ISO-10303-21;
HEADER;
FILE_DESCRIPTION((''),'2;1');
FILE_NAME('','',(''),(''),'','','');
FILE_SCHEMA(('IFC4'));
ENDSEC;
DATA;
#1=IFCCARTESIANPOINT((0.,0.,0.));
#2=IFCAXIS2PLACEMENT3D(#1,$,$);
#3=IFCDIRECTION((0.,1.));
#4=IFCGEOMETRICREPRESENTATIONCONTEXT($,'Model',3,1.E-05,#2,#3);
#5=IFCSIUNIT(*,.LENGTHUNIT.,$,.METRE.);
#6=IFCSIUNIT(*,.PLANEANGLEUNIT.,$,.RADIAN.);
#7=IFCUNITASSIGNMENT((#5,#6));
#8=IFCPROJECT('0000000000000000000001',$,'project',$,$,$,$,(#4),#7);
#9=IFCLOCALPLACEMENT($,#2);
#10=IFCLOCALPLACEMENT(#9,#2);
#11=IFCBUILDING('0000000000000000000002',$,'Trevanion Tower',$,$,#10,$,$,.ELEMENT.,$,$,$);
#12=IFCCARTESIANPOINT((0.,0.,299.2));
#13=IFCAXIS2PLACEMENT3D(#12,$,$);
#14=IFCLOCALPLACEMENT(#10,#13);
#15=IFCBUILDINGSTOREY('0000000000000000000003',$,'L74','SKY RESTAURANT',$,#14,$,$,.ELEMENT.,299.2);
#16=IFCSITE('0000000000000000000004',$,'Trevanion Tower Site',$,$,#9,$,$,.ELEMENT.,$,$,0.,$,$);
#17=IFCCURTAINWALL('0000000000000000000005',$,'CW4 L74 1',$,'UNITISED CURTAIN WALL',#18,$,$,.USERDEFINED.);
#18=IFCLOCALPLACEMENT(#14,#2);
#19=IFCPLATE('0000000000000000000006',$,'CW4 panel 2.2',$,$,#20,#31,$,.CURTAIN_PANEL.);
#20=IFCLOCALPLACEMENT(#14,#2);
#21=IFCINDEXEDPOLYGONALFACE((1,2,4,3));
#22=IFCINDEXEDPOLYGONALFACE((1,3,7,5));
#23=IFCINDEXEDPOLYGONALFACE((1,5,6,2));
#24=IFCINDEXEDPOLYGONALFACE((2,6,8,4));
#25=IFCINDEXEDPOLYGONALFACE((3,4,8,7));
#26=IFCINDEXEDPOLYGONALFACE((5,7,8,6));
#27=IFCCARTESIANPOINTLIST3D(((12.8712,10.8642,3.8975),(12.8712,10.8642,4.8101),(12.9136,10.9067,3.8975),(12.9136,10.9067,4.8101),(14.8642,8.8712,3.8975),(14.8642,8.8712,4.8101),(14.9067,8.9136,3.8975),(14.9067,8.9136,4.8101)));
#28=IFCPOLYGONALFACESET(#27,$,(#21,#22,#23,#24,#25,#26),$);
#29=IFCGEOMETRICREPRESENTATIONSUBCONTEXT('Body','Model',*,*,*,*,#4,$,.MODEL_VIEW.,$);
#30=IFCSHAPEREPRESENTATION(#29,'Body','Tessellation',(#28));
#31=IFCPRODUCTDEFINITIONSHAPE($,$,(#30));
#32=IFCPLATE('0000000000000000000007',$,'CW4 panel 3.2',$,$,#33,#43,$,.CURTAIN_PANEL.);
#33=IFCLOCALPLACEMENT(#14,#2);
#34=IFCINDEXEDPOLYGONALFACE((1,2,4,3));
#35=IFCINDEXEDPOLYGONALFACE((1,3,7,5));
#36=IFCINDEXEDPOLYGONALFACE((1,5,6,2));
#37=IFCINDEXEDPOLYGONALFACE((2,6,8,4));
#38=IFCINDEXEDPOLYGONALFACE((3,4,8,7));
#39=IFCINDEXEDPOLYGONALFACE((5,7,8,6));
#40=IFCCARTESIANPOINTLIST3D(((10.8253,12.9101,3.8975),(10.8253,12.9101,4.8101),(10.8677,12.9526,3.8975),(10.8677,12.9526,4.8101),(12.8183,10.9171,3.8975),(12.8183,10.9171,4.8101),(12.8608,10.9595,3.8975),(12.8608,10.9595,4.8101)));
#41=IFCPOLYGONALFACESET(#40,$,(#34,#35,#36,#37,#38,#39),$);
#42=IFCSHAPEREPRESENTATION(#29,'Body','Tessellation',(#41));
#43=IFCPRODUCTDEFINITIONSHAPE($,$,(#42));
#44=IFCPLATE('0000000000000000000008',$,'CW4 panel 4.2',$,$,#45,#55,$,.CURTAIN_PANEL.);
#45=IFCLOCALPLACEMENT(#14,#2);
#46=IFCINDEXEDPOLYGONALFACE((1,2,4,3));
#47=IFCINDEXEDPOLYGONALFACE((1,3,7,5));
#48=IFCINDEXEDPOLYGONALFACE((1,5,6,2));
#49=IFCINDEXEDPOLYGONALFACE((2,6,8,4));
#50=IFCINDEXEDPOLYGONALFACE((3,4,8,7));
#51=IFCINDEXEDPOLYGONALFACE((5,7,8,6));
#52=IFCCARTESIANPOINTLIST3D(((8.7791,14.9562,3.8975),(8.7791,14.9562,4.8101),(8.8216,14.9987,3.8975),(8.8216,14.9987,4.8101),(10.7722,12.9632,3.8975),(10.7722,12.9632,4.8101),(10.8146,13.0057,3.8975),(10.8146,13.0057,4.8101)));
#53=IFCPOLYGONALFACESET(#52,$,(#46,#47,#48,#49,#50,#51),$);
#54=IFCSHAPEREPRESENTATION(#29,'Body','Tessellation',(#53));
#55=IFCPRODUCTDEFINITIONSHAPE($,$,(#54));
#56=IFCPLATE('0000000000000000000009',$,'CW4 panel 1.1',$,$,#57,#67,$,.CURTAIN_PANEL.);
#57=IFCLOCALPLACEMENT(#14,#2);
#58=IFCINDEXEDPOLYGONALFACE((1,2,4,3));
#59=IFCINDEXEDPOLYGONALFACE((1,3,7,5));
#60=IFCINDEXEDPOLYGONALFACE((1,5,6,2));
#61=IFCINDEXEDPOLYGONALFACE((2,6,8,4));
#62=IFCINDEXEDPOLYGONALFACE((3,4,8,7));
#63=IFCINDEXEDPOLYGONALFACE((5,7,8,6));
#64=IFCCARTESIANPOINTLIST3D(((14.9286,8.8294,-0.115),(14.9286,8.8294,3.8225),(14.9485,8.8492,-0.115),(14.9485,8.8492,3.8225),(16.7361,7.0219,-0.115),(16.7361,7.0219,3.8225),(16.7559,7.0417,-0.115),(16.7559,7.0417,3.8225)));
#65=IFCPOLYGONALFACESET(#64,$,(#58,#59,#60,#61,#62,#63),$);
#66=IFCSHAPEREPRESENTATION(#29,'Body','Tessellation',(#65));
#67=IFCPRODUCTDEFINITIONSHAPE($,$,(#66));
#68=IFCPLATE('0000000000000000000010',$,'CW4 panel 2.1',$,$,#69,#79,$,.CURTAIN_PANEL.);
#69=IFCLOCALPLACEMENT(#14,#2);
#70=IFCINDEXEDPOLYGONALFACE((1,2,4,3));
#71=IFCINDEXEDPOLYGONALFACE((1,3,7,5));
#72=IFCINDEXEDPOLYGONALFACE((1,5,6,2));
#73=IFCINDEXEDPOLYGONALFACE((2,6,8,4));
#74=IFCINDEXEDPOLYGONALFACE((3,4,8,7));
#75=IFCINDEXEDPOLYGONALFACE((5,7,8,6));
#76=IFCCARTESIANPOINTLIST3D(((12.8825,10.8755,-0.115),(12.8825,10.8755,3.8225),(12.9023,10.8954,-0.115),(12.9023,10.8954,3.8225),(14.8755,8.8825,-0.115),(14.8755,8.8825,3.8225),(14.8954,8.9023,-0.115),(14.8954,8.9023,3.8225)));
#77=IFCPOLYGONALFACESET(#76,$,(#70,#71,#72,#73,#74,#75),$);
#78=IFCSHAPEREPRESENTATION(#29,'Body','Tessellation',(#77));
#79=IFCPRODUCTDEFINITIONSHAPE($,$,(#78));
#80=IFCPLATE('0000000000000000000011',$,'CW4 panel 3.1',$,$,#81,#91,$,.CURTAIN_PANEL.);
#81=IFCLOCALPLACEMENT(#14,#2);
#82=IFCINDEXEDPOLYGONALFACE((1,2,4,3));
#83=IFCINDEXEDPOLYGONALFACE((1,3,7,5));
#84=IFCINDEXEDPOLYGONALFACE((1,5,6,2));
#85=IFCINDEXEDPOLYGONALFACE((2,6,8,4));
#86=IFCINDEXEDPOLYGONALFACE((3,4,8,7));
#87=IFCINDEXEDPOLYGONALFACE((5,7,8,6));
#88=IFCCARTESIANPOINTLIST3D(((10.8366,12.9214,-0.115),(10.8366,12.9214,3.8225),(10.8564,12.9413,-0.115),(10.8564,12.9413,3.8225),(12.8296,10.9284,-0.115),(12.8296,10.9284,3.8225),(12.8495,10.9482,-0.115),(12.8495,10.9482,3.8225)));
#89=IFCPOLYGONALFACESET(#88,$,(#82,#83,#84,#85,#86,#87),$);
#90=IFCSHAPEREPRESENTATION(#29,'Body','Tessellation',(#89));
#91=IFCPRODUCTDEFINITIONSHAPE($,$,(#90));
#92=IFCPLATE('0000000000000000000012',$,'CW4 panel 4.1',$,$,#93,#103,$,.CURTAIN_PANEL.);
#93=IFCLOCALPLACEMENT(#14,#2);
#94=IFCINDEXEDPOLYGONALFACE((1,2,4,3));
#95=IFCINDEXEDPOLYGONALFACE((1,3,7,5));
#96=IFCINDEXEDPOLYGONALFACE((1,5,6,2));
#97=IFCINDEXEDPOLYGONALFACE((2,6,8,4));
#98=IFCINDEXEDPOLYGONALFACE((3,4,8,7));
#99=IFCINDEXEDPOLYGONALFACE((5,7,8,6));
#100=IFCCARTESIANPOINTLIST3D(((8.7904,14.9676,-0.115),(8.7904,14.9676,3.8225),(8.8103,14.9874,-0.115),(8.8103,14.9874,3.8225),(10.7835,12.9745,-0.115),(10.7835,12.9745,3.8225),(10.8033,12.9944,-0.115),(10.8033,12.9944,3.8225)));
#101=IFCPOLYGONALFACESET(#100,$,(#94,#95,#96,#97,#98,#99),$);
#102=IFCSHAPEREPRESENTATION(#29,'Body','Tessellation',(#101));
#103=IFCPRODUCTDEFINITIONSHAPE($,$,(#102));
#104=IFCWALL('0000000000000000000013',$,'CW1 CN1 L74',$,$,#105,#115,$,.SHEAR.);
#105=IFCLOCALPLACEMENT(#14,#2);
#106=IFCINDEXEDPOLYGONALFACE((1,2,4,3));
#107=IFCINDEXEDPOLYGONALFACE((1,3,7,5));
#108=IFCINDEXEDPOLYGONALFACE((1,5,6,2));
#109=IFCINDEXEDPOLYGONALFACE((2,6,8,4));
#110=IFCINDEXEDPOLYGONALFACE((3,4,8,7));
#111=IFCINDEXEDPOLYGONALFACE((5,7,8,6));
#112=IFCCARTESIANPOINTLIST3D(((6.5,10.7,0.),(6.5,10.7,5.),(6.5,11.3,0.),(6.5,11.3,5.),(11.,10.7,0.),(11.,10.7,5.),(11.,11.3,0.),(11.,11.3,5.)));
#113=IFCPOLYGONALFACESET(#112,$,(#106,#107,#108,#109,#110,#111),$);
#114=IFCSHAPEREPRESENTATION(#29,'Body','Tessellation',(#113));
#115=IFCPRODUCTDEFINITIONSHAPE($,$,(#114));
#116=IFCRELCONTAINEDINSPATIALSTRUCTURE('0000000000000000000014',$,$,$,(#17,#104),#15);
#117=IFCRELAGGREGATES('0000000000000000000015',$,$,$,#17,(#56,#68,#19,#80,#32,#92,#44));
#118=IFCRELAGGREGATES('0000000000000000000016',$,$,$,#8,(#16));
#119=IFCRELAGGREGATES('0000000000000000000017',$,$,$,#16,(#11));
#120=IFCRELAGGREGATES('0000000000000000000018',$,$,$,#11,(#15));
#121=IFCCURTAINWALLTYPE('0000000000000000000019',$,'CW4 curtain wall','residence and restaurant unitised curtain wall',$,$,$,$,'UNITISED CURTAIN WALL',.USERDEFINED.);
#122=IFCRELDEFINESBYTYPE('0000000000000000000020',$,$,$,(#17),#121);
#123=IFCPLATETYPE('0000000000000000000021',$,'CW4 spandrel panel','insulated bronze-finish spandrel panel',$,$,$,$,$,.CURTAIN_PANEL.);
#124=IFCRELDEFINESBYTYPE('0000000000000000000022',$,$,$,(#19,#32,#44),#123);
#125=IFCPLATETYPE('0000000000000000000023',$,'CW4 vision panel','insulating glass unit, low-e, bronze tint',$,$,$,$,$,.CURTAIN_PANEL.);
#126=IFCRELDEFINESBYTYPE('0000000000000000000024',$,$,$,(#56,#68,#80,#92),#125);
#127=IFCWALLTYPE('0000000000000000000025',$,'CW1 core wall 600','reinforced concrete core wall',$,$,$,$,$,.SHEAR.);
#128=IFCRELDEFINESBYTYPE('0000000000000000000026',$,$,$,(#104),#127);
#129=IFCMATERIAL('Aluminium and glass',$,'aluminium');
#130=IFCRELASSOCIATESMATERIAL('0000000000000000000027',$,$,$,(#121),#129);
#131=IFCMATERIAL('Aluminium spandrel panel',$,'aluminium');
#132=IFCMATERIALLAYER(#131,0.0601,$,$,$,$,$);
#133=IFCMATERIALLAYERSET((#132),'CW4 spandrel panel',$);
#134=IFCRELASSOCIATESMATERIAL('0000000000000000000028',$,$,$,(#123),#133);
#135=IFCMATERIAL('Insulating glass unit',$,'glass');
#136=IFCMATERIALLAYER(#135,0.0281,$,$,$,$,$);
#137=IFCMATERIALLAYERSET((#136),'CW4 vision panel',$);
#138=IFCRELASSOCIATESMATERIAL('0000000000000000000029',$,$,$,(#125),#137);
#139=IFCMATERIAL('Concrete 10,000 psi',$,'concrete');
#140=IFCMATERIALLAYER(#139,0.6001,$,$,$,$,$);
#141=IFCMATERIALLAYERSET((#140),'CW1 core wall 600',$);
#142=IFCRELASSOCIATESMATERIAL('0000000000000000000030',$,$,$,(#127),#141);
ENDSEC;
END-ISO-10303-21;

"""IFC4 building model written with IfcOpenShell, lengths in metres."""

from ifc_helpers import new_model, si_unit, direction, frame, frame_2d, origin, origin_2d, place, context, subcontext, project, spatial, rectangle, extrude, material, layer, layer_set, type_object, element, aggregate, save


model = new_model("IFC4")

# Units and contexts
model_context = context("Model", 3, precision=1e-05, world=origin(), true_north=direction((0.0, 1.0)))
body_context = subcontext(model_context, "Body", "Model", "MODEL_VIEW")
ifc_project = project(units=[si_unit("LENGTHUNIT", "METRE"), si_unit("PLANEANGLEUNIT", "RADIAN")], contexts=[model_context])

# Site, building, storey
site_placement = place(None, origin())
site = spatial("IfcSite", under=ifc_project, at=site_placement, Name="Trevanion Tower Site", CompositionType="ELEMENT", RefElevation=0.0)
building_placement = place(site_placement, origin())
building = spatial("IfcBuilding", under=site, at=building_placement, Name="Trevanion Tower", CompositionType="ELEMENT")
storey_placement = place(building_placement, frame((0.0, 0.0, 299.2)))
storey = spatial("IfcBuildingStorey", under=building, at=storey_placement, Name="L74", Description="SKY RESTAURANT", CompositionType="ELEMENT", Elevation=299.2)

# Curtain wall, plates
ifc_material_1 = material(Name="Aluminium and glass", Category="aluminium")
curtain_wall_type = type_object("IfcCurtainWallType", Name="CW4 curtain wall", Description="residence and restaurant unitised curtain wall", ElementType="UNITISED CURTAIN WALL", PredefinedType="USERDEFINED", material=ifc_material_1)
curtain_wall_placement = place(storey_placement, origin())
curtain_wall = element("IfcCurtainWall", 1, at=curtain_wall_placement, inside=storey, type_object=curtain_wall_type, Name="CW4 L74 1", ObjectType="UNITISED CURTAIN WALL", PredefinedType="USERDEFINED")
ifc_material_2 = material(Name="Aluminium spandrel panel", Category="aluminium")
ifc_layer_1 = layer(ifc_material_2, 0.0601)
ifc_layer_set_1 = layer_set([ifc_layer_1], Name="CW4 spandrel panel")
plate_type_1 = type_object("IfcPlateType", Name="CW4 spandrel panel", Description="insulated bronze-finish spandrel panel", PredefinedType="CURTAIN_PANEL", material=ifc_layer_set_1)
plate_1_placement = place(storey_placement, frame((13.8889, 9.8889, 3.8975), z_axis=(0.0, 0.0, 1.0), x_axis=(-0.707107, 0.707107, 0.0)))
plate_1 = element("IfcPlate", 2, at=plate_1_placement, type_object=plate_type_1, Name="CW4 panel 2.2", PredefinedType="CURTAIN_PANEL", context=body_context, shape_type="SweptSolid", body=[
    extrude(rectangle(XDim=2.8186, YDim=0.0601, at=origin_2d()), origin(), (0.0, 0.0, 1.0), 0.9126),
])
plate_2_placement = place(storey_placement, frame((11.843, 11.9348, 3.8975), z_axis=(0.0, 0.0, 1.0), x_axis=(-0.707107, 0.707107, 0.0)))
plate_2 = element("IfcPlate", 3, at=plate_2_placement, type_object=plate_type_1, Name="CW4 panel 3.2", PredefinedType="CURTAIN_PANEL", context=body_context, shape_type="SweptSolid", body=[
    extrude(rectangle(XDim=2.8186, YDim=0.0601, at=origin_2d()), origin(), (0.0, 0.0, 1.0), 0.9126),
])
plate_3_placement = place(storey_placement, frame((9.7969, 13.981, 3.8975), z_axis=(0.0, 0.0, 1.0), x_axis=(-0.707107, 0.707107, 0.0)))
plate_3 = element("IfcPlate", 4, at=plate_3_placement, type_object=plate_type_1, Name="CW4 panel 4.2", PredefinedType="CURTAIN_PANEL", context=body_context, shape_type="SweptSolid", body=[
    extrude(rectangle(XDim=2.8186, YDim=0.0601, at=origin_2d()), origin(), (0.0, 0.0, 1.0), 0.9126),
])
ifc_material_3 = material(Name="Insulating glass unit", Category="glass")
ifc_layer_2 = layer(ifc_material_3, 0.0281)
ifc_layer_set_2 = layer_set([ifc_layer_2], Name="CW4 vision panel")
plate_type_2 = type_object("IfcPlateType", Name="CW4 vision panel", Description="insulating glass unit, low-e, bronze tint", PredefinedType="CURTAIN_PANEL", material=ifc_layer_set_2)
plate_4_placement = place(storey_placement, frame((15.8423, 7.9355, -0.115), z_axis=(0.0, 0.0, 1.0), x_axis=(-0.707107, 0.707107, 0.0)))
plate_4 = element("IfcPlate", 5, at=plate_4_placement, type_object=plate_type_2, Name="CW4 panel 1.1", PredefinedType="CURTAIN_PANEL", context=body_context, shape_type="SweptSolid", body=[
    extrude(rectangle(XDim=2.5562, YDim=0.0281, at=origin_2d()), origin(), (0.0, 0.0, 1.0), 3.9375),
])
plate_5_placement = place(storey_placement, frame((13.8889, 9.8889, -0.115), z_axis=(0.0, 0.0, 1.0), x_axis=(-0.707107, 0.707107, 0.0)))
plate_5 = element("IfcPlate", 6, at=plate_5_placement, type_object=plate_type_2, Name="CW4 panel 2.1", PredefinedType="CURTAIN_PANEL", context=body_context, shape_type="SweptSolid", body=[
    extrude(rectangle(XDim=2.8186, YDim=0.0281, at=origin_2d()), origin(), (0.0, 0.0, 1.0), 3.9375),
])
plate_6_placement = place(storey_placement, frame((11.843, 11.9348, -0.115), z_axis=(0.0, 0.0, 1.0), x_axis=(-0.707107, 0.707107, 0.0)))
plate_6 = element("IfcPlate", 7, at=plate_6_placement, type_object=plate_type_2, Name="CW4 panel 3.1", PredefinedType="CURTAIN_PANEL", context=body_context, shape_type="SweptSolid", body=[
    extrude(rectangle(XDim=2.8186, YDim=0.0281, at=origin_2d()), origin(), (0.0, 0.0, 1.0), 3.9375),
])
plate_7_placement = place(storey_placement, frame((9.7969, 13.981, -0.115), z_axis=(0.0, 0.0, 1.0), x_axis=(-0.707107, 0.707107, 0.0)))
plate_7 = element("IfcPlate", 8, at=plate_7_placement, type_object=plate_type_2, Name="CW4 panel 4.1", PredefinedType="CURTAIN_PANEL", context=body_context, shape_type="SweptSolid", body=[
    extrude(rectangle(XDim=2.8186, YDim=0.0281, at=origin_2d()), origin(), (0.0, 0.0, 1.0), 3.9375),
])
aggregate(curtain_wall, [plate_4, plate_5, plate_1, plate_6, plate_2, plate_7, plate_3])

# Wall
ifc_material_4 = material(Name="Concrete 10,000 psi", Category="concrete")
ifc_layer_3 = layer(ifc_material_4, 0.6001)
ifc_layer_set_3 = layer_set([ifc_layer_3], Name="CW1 core wall 600")
wall_type = type_object("IfcWallType", Name="CW1 core wall 600", Description="reinforced concrete core wall", PredefinedType="SHEAR", material=ifc_layer_set_3)
wall_placement = place(storey_placement, frame((11.0, 11.0, 0.0), z_axis=(0.0, 0.0, 1.0), x_axis=(-1.0, 0.0, 0.0)))
element("IfcWall", 9, at=wall_placement, inside=storey, type_object=wall_type, Name="CW1 CN1 L74", PredefinedType="SHEAR", context=body_context, shape_type="SweptSolid", body=[
    extrude(rectangle(XDim=4.5, YDim=0.6001, at=frame_2d((2.25, 0.0))), origin(), (0.0, 0.0, 1.0), 5.0),
])

save(model, "model.ifc")
